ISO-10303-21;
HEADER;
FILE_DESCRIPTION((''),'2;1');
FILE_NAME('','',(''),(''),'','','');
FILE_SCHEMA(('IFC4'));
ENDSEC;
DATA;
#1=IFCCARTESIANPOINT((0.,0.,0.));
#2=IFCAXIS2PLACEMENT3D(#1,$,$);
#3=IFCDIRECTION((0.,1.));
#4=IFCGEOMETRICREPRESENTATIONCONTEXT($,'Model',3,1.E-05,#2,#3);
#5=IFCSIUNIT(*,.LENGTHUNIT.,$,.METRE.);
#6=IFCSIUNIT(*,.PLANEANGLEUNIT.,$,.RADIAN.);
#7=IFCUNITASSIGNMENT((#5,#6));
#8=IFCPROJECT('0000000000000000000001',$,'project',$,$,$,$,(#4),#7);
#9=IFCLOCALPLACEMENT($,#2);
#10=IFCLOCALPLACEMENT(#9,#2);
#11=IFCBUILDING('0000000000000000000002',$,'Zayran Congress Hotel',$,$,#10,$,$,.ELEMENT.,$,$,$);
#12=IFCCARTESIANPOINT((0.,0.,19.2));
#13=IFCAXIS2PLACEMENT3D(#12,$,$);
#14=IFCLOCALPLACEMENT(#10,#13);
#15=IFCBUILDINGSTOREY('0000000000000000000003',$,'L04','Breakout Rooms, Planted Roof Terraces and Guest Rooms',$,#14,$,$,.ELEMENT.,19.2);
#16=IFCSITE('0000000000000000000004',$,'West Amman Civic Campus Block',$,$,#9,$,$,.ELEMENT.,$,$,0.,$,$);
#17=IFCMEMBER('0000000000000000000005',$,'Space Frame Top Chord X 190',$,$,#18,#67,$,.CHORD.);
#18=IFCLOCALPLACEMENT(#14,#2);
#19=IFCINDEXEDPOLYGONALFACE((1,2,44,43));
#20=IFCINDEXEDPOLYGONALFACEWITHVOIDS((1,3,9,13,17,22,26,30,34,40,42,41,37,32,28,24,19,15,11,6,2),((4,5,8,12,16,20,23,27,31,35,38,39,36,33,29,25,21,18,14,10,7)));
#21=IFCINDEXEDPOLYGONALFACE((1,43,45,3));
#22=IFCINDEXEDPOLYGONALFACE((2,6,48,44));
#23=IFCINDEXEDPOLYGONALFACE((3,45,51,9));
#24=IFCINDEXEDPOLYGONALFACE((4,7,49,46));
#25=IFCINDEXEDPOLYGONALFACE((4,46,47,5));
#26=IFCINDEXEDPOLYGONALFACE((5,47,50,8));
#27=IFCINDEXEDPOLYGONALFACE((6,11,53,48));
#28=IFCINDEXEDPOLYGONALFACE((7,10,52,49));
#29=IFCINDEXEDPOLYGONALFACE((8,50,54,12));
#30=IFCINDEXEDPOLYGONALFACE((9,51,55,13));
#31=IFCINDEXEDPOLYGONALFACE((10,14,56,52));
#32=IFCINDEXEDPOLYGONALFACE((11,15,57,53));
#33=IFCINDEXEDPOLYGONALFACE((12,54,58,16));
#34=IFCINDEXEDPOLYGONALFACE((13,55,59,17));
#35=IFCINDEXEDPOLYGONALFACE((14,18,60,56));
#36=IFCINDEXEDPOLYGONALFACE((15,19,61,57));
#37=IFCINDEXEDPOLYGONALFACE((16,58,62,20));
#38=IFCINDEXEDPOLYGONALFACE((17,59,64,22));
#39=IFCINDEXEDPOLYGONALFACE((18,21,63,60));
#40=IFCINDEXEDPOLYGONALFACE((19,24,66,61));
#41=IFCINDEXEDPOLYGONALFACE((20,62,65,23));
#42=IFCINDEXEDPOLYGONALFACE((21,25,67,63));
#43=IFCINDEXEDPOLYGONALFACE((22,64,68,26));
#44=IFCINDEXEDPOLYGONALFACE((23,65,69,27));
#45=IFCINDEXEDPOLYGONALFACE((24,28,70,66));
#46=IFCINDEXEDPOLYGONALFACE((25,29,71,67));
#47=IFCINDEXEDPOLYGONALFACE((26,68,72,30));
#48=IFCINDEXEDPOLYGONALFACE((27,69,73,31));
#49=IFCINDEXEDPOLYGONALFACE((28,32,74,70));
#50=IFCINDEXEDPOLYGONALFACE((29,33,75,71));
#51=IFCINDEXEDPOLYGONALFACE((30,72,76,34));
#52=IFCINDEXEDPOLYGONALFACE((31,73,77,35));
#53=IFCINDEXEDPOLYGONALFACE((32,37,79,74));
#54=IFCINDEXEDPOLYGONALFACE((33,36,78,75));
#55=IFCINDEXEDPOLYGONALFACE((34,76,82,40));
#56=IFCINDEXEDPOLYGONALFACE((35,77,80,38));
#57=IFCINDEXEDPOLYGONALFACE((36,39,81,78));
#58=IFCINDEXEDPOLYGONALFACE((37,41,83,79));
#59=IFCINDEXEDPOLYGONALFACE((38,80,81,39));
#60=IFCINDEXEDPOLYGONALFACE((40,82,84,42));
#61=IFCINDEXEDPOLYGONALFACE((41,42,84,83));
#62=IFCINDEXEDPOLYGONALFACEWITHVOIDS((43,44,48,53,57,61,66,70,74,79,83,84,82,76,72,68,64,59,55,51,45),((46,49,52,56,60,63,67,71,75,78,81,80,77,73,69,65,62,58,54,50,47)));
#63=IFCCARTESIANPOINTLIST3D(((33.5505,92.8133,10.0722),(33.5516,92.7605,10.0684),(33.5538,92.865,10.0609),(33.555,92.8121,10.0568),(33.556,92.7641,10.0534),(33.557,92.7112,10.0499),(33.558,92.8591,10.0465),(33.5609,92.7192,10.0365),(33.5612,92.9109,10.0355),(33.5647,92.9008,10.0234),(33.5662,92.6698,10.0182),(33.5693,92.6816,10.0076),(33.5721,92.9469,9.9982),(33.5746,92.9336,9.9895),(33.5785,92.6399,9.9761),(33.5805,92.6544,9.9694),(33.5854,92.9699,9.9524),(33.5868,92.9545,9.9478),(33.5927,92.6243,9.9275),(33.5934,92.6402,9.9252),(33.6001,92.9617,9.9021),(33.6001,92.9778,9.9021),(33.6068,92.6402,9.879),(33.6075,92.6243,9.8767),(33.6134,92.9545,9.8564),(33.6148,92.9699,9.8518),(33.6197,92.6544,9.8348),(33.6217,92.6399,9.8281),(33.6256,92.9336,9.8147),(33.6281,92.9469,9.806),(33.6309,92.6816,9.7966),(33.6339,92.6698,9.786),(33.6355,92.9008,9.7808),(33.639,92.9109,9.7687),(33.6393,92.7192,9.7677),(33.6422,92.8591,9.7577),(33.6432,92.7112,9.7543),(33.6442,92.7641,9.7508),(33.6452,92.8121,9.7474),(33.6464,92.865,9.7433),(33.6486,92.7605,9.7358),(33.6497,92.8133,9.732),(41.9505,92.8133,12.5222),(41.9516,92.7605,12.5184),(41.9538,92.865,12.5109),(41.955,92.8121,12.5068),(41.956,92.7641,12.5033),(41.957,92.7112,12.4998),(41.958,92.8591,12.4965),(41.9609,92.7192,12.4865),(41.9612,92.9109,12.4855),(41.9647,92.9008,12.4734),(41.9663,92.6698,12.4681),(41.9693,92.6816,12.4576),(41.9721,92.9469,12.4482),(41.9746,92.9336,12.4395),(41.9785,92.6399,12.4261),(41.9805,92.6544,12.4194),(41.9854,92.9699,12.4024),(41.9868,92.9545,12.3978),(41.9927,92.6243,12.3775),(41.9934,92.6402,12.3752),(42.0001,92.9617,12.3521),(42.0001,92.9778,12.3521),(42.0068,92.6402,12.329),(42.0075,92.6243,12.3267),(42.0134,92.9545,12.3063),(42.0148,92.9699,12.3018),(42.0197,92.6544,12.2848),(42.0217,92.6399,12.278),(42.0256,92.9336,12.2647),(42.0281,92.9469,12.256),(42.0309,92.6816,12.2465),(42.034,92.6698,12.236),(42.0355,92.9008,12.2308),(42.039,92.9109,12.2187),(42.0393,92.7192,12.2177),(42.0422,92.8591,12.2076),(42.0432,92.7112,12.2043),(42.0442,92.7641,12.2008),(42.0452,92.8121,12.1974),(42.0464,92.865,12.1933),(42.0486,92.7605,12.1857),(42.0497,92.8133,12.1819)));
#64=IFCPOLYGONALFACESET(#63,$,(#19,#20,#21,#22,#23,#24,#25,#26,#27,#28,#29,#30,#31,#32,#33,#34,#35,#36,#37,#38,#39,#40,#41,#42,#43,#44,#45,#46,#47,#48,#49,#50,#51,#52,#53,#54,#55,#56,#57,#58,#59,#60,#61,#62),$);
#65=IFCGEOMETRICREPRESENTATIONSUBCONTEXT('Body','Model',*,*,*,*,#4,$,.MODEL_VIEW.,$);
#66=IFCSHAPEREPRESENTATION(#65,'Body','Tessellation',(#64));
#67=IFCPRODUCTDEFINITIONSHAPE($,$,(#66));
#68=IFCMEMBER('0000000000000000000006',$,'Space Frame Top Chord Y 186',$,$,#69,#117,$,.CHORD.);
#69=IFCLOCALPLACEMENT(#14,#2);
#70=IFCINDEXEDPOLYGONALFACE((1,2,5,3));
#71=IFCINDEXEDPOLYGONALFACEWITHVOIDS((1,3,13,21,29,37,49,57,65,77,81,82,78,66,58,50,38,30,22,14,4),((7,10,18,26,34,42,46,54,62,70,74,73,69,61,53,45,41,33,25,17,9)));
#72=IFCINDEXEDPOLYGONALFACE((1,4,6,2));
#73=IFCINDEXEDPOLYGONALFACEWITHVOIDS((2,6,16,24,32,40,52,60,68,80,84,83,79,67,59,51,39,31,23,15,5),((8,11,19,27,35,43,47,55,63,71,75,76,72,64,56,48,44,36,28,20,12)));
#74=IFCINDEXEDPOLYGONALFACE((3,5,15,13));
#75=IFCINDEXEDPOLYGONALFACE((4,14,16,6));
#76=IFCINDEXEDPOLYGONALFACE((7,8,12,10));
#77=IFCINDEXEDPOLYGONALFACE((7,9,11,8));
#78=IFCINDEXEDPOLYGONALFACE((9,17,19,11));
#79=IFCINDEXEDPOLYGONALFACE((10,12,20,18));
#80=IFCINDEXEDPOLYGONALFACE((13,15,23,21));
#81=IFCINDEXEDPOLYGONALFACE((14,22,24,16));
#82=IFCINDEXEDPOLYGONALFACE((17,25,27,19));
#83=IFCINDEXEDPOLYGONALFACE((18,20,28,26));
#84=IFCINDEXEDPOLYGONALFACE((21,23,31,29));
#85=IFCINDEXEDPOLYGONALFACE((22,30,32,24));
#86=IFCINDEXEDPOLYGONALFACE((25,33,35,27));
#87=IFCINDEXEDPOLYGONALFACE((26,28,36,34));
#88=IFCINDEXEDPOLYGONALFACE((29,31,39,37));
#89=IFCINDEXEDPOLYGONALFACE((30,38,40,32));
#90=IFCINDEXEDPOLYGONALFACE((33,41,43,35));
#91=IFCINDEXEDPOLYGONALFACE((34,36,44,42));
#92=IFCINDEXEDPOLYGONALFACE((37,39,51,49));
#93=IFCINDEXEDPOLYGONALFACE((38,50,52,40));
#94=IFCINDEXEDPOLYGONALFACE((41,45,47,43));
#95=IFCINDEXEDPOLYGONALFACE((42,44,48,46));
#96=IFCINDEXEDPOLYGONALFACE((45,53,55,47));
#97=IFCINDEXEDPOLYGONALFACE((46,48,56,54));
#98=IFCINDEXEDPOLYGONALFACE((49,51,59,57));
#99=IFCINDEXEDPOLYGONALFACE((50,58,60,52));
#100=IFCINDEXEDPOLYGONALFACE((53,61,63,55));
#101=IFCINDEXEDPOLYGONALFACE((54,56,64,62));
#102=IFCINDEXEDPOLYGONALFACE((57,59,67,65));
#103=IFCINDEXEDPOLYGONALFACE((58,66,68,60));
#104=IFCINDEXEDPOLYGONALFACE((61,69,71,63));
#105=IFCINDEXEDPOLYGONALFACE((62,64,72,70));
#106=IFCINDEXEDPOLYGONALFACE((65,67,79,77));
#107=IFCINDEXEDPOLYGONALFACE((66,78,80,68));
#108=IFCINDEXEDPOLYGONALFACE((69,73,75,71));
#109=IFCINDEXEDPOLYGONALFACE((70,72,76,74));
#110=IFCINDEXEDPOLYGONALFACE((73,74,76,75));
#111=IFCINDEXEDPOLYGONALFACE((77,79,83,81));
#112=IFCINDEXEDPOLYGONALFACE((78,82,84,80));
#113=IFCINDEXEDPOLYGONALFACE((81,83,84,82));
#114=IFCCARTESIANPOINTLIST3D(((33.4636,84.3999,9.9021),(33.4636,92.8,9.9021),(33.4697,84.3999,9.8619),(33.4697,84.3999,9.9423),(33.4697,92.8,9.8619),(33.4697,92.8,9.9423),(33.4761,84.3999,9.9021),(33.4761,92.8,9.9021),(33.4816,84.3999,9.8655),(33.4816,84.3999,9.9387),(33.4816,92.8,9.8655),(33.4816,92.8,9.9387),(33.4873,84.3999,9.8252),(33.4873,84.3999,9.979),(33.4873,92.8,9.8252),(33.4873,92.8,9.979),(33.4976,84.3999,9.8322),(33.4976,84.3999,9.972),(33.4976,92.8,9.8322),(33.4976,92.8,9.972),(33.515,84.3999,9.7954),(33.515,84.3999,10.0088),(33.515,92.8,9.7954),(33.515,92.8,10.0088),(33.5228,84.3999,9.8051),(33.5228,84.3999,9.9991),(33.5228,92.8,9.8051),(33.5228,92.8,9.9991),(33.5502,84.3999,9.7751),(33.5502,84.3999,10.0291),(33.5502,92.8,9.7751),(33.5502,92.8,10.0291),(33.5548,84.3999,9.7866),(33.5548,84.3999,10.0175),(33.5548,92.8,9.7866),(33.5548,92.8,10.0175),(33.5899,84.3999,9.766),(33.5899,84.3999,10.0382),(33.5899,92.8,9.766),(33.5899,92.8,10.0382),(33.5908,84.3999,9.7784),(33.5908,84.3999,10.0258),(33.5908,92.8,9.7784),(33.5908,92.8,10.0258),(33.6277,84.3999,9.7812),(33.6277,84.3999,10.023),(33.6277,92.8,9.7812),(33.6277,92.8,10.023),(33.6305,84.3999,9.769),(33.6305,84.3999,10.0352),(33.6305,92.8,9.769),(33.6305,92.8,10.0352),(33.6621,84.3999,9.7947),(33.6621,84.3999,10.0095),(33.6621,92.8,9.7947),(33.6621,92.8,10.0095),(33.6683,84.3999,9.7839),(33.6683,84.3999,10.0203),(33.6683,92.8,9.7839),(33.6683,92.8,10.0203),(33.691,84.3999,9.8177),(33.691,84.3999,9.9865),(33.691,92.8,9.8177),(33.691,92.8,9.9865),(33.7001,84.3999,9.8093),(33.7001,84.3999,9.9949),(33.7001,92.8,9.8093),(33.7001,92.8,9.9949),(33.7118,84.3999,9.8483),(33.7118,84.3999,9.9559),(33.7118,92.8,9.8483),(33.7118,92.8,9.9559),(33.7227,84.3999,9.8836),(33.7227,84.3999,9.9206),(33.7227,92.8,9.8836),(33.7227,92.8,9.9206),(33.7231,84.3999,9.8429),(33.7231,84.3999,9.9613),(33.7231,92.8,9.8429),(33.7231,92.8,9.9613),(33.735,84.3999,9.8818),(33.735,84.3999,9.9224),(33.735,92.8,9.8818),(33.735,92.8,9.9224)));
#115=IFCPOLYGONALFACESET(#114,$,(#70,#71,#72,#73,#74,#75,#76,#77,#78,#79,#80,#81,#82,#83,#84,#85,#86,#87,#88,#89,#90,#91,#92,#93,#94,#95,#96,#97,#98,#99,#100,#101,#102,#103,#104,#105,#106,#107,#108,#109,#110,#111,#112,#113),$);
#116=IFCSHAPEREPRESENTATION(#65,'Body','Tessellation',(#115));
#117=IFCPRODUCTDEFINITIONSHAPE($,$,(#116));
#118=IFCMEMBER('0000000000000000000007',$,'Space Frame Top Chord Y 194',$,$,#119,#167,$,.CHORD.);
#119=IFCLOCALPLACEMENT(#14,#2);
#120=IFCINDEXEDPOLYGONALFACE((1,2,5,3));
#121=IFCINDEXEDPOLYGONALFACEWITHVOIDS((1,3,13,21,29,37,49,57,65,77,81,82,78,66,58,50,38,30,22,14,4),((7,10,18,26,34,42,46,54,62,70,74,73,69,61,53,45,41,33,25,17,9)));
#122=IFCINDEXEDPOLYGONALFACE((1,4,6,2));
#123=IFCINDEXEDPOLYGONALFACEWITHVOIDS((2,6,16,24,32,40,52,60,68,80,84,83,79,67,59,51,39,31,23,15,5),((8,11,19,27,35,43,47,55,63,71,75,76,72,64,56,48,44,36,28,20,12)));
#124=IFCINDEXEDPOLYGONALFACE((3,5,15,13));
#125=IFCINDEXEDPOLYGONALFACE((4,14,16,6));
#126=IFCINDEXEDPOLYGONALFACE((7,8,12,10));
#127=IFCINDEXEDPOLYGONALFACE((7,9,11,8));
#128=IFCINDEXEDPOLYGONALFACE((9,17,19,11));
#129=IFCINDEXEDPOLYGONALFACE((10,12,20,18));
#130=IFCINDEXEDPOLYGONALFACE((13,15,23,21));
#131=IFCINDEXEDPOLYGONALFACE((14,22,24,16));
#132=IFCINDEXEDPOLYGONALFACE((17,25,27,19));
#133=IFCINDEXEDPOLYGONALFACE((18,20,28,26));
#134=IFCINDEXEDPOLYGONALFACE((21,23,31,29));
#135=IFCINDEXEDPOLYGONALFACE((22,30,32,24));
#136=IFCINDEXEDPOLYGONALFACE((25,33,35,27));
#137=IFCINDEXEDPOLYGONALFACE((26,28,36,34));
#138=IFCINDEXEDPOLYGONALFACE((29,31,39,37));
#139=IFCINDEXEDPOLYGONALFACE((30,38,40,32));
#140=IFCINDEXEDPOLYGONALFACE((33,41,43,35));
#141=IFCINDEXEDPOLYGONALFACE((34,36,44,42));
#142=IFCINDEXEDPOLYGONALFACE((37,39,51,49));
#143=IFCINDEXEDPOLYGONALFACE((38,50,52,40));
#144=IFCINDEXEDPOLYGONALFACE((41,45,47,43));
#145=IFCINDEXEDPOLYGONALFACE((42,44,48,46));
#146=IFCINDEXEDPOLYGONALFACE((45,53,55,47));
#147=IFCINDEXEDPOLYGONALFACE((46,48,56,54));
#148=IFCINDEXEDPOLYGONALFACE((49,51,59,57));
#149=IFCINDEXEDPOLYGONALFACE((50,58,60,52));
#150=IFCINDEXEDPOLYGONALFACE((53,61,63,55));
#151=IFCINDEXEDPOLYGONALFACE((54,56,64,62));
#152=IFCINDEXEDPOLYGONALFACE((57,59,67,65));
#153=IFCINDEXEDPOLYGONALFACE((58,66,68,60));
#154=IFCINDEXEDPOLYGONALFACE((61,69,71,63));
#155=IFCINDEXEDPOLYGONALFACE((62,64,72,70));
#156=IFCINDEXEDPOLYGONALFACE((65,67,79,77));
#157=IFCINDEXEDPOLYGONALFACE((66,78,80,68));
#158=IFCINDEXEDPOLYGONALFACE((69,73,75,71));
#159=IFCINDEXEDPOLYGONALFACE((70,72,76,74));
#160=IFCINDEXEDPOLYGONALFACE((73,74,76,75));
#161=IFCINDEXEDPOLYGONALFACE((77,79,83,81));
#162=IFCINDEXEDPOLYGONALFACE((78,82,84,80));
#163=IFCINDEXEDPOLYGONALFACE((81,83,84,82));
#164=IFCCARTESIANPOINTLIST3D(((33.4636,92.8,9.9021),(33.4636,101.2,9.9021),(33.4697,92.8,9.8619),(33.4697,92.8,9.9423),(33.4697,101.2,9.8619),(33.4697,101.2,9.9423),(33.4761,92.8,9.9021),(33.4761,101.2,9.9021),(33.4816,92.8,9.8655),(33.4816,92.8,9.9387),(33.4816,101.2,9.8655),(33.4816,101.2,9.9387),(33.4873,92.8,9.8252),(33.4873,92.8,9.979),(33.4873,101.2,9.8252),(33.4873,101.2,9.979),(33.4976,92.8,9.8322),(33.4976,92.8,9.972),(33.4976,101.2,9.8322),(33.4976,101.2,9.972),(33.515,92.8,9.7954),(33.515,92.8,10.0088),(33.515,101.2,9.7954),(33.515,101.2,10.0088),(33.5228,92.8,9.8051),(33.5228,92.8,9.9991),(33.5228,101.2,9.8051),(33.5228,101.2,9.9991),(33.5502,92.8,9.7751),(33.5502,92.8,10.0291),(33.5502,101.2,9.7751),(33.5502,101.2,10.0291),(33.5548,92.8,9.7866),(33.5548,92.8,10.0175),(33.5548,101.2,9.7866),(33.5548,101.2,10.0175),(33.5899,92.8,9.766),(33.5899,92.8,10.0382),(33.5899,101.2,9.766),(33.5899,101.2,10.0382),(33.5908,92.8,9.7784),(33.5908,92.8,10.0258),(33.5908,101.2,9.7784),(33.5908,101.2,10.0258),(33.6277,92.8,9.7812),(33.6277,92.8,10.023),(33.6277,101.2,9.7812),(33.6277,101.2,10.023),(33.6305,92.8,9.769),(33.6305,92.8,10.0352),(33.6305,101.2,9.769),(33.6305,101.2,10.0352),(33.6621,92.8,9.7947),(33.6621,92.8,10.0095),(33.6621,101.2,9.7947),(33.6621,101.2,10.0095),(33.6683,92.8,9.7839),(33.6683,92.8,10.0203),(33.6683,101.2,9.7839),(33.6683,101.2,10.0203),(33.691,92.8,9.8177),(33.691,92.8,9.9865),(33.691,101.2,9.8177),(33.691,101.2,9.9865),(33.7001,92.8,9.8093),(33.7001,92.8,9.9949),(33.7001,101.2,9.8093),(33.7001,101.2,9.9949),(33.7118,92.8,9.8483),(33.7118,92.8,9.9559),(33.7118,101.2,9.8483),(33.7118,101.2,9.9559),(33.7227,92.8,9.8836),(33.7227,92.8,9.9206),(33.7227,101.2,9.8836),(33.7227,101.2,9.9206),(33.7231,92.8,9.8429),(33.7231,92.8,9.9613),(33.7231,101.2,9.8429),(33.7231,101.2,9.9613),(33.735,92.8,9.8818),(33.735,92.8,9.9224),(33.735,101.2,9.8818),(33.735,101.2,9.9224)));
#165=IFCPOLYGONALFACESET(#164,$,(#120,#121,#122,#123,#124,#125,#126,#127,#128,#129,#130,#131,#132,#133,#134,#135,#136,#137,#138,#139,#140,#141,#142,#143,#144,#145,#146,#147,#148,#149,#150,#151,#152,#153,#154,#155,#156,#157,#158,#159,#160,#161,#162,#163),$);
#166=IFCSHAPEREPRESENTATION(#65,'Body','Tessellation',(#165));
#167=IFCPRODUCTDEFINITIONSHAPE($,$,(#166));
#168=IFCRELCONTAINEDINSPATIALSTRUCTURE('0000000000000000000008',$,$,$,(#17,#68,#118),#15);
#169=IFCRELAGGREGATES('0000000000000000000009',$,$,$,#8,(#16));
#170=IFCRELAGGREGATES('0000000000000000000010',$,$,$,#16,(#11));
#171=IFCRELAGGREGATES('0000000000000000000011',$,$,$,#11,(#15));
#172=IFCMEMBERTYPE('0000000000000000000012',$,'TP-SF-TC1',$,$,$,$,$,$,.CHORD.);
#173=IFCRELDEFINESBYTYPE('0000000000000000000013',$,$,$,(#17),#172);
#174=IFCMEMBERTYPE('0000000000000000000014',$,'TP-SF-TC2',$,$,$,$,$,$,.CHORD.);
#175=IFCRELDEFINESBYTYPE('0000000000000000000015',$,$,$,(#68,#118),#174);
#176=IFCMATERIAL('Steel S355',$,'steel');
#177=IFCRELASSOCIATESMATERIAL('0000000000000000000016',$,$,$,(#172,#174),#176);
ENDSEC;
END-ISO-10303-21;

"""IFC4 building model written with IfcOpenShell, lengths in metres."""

from ifc_helpers import new_model, si_unit, direction, frame, origin, origin_2d, place, context, subcontext, project, spatial, hollow_circle, extrude, material, material_profile, profile_set, type_object, element, save


model = new_model("IFC4")

# Units and contexts
model_context = context("Model", 3, precision=1e-05, world=origin(), true_north=direction((0.0, 1.0)))
body_context = subcontext(model_context, "Body", "Model", "MODEL_VIEW")
ifc_project = project(units=[si_unit("LENGTHUNIT", "METRE"), si_unit("PLANEANGLEUNIT", "RADIAN")], contexts=[model_context])

# Site, building, storey
site_placement = place(None, origin())
site = spatial("IfcSite", under=ifc_project, at=site_placement, Name="West Amman Civic Campus Block", CompositionType="ELEMENT", RefElevation=0.0)
building_placement = place(site_placement, origin())
building = spatial("IfcBuilding", under=site, at=building_placement, Name="Zayran Congress Hotel", CompositionType="ELEMENT")
storey_placement = place(building_placement, frame((0.0, 0.0, 19.2)))
storey = spatial("IfcBuildingStorey", under=building, at=storey_placement, Name="L04", Description="Breakout Rooms, Planted Roof Terraces and Guest Rooms", CompositionType="ELEMENT", Elevation=19.2)

# Members
ifc_material_1 = material(Name="Steel S355", Category="steel")
ifc_material_profile_1 = material_profile(ifc_material_1, hollow_circle(Radius=0.1777, WallThickness=0.0161, at=origin_2d()), Name="CHS 355.6x16")
ifc_profile_set_1 = profile_set([ifc_material_profile_1], Name="Steel S355")
member_type_1 = type_object("IfcMemberType", Name="TP-SF-TC1", PredefinedType="CHORD", material=ifc_profile_set_1)
member_1_placement = place(storey_placement, frame((33.6001, 92.8, 9.9021), z_axis=(0.960001, 0.0, 0.279998), x_axis=(0.0, 1.0, 0.0)))
element("IfcMember", 1, at=member_1_placement, inside=storey, type_object=member_type_1, Name="Space Frame Top Chord X 190", PredefinedType="CHORD", context=body_context, shape_type="SweptSolid", body=[
    extrude(hollow_circle(Radius=0.1777, WallThickness=0.0161, at=origin_2d()), origin(), (0.0, 0.0, 1.0), 8.75),
])
ifc_material_profile_2 = material_profile(ifc_material_1, hollow_circle(Radius=0.1365, WallThickness=0.0125, at=origin_2d()), Name="CHS 273x12.5")
ifc_profile_set_2 = profile_set([ifc_material_profile_2], Name="Steel S355")
member_type_2 = type_object("IfcMemberType", Name="TP-SF-TC2", PredefinedType="CHORD", material=ifc_profile_set_2)
member_2_placement = place(storey_placement, frame((33.6001, 84.3999, 9.9021), z_axis=(0.0, 1.0, 0.0), x_axis=(-1.0, 0.0, 0.0)))
element("IfcMember", 2, at=member_2_placement, inside=storey, type_object=member_type_2, Name="Space Frame Top Chord Y 186", PredefinedType="CHORD", context=body_context, shape_type="SweptSolid", body=[
    extrude(hollow_circle(Radius=0.1365, WallThickness=0.0125, at=origin_2d()), origin(), (0.0, 0.0, 1.0), 8.4001),
])
member_3_placement = place(storey_placement, frame((33.6001, 92.8, 9.9021), z_axis=(0.0, 1.0, 0.0), x_axis=(-1.0, 0.0, 0.0)))
element("IfcMember", 3, at=member_3_placement, inside=storey, type_object=member_type_2, Name="Space Frame Top Chord Y 194", PredefinedType="CHORD", context=body_context, shape_type="SweptSolid", body=[
    extrude(hollow_circle(Radius=0.1365, WallThickness=0.0125, at=origin_2d()), origin(), (0.0, 0.0, 1.0), 8.3999),
])

save(model, "model.ifc")
